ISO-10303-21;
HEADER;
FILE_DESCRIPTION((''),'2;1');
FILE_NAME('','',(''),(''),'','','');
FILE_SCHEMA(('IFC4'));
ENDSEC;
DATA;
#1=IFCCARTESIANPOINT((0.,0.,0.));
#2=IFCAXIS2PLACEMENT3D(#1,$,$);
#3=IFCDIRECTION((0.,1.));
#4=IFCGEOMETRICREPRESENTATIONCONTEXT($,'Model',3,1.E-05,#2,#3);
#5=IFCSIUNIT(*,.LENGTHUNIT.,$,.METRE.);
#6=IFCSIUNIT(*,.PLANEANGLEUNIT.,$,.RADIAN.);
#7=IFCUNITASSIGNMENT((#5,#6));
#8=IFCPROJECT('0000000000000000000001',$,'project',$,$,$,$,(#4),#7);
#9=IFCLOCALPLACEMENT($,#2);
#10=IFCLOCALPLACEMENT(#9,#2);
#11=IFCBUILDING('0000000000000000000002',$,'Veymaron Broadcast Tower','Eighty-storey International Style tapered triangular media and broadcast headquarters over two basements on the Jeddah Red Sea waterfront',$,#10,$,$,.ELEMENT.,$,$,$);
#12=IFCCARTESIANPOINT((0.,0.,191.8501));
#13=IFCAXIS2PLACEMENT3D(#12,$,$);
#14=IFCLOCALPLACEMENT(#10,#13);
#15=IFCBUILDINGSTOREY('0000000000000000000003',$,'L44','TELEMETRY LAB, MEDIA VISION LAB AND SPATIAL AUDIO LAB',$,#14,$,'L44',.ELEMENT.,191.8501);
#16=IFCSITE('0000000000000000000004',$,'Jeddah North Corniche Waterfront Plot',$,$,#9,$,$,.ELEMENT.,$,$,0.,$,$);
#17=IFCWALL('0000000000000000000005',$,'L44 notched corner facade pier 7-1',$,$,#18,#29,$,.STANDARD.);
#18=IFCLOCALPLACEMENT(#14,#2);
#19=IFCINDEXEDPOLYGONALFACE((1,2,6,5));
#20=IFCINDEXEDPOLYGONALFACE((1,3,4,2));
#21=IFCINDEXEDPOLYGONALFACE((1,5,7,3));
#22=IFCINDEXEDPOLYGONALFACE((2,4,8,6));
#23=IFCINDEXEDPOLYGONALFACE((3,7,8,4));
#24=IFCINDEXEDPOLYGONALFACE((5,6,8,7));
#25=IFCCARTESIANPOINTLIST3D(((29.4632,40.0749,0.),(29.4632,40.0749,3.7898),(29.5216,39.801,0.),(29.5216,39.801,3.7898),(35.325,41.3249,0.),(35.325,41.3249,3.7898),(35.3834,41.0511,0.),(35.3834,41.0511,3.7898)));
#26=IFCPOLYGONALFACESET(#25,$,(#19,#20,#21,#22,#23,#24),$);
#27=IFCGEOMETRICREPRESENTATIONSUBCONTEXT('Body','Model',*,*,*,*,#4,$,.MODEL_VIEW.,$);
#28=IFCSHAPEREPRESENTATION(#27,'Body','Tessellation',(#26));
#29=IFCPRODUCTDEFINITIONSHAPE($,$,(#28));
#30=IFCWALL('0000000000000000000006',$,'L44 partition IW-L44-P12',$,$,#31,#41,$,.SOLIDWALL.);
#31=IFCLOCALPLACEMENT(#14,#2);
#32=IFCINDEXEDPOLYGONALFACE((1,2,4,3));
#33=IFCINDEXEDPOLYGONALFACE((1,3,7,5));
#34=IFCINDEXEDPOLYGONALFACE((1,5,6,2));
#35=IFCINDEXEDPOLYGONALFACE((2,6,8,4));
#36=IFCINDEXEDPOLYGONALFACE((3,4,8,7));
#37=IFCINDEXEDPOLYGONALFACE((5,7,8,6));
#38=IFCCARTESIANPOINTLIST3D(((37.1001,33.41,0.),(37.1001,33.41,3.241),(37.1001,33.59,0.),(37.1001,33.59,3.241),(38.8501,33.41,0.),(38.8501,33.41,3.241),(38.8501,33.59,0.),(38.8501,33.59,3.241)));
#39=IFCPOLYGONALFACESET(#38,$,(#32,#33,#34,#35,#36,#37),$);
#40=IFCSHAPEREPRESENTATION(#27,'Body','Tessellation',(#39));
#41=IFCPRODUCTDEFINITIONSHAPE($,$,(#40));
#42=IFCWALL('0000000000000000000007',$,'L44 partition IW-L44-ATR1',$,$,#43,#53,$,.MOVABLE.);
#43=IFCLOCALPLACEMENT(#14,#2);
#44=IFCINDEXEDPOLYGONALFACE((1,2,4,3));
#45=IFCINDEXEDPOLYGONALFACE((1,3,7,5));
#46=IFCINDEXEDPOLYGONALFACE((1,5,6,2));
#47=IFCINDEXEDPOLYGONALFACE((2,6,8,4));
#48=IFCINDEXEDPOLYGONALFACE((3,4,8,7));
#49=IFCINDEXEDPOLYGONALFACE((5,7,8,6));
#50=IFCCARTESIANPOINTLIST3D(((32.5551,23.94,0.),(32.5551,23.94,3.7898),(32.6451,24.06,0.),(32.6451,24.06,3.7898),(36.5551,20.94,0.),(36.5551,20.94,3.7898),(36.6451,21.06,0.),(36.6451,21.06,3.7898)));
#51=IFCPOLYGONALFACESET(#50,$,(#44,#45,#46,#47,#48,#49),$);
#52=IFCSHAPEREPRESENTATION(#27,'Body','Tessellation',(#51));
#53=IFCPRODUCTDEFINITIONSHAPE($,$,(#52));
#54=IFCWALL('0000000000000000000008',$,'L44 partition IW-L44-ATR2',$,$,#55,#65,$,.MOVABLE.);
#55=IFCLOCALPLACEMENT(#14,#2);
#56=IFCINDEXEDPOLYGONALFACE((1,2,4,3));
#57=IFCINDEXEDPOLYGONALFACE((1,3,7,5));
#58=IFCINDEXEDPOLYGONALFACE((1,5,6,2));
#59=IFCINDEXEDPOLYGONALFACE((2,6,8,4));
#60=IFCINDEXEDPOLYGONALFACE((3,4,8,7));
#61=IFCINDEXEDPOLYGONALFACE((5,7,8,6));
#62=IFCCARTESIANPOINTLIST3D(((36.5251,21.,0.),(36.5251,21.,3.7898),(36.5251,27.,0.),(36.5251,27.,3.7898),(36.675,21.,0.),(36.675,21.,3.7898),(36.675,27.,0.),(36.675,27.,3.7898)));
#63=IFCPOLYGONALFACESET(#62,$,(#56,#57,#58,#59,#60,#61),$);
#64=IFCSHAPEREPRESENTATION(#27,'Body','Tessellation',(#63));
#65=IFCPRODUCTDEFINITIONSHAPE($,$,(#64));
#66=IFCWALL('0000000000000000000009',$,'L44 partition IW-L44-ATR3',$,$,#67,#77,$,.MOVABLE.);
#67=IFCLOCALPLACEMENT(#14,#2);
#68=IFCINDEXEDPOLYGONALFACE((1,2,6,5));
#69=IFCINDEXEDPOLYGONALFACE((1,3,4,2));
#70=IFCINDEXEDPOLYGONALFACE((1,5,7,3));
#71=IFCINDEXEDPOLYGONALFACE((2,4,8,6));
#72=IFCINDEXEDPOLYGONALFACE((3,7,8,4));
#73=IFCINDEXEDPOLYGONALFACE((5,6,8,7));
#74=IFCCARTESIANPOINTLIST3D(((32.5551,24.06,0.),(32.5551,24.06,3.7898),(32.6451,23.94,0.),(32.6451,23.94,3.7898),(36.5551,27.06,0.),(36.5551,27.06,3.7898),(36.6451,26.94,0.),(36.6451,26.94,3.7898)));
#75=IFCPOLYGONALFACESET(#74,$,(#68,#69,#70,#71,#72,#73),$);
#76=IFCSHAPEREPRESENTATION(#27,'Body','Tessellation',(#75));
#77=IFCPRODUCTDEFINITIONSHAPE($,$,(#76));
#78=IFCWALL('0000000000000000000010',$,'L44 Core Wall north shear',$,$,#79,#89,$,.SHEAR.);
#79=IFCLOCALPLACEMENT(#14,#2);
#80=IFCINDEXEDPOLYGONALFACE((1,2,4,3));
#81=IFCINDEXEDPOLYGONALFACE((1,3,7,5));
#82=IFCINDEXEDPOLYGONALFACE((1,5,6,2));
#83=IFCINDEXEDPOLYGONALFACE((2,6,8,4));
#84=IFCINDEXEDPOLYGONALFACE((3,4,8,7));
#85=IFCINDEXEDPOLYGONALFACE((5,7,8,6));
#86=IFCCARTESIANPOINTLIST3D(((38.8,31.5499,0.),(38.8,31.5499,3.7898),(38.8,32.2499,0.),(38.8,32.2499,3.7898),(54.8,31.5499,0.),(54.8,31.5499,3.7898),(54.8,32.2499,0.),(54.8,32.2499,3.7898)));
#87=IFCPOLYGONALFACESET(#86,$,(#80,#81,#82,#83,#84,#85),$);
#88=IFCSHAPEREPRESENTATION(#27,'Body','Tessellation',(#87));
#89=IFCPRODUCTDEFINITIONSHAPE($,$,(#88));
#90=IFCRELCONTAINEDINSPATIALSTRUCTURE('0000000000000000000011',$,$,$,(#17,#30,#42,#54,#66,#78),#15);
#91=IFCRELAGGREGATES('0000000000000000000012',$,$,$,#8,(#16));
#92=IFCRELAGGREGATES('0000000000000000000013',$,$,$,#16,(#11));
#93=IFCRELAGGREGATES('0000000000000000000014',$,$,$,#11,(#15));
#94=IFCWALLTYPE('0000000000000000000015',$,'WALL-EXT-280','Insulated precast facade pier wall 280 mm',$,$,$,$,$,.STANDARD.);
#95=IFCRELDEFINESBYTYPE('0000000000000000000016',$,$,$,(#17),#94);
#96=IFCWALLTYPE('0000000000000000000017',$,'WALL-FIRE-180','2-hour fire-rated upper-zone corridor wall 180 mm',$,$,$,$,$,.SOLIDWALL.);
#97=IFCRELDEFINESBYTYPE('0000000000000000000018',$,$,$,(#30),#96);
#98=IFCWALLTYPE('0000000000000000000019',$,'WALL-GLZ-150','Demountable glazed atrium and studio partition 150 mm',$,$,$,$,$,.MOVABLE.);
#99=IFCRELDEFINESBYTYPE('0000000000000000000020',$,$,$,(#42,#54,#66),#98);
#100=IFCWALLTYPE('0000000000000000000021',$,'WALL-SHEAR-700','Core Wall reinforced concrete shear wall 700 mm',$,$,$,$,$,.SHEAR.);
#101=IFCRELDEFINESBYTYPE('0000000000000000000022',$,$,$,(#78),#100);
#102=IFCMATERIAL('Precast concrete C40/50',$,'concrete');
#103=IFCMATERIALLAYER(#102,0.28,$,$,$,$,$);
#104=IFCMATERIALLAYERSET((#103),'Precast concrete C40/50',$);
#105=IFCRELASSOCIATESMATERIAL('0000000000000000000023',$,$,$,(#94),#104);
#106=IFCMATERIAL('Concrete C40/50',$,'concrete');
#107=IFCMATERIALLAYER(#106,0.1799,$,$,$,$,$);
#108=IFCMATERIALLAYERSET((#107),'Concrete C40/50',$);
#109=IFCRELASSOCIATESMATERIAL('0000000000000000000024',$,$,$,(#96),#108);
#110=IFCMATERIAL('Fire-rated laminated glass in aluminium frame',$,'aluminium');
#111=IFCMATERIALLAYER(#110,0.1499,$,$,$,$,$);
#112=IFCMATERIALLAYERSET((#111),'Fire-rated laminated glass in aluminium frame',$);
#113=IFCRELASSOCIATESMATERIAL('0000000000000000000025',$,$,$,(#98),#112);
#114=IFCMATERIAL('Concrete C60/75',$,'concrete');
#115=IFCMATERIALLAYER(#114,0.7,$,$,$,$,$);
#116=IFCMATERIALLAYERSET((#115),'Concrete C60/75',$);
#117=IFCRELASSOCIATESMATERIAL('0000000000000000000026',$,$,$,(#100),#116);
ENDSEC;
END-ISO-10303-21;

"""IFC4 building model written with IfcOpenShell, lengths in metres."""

from ifc_helpers import new_model, si_unit, direction, frame, frame_2d, origin, place, context, subcontext, project, spatial, rectangle, extrude, material, layer, layer_set, type_object, element, save


model = new_model("IFC4")

# Units and contexts
model_context = context("Model", 3, precision=1e-05, world=origin(), true_north=direction((0.0, 1.0)))
body_context = subcontext(model_context, "Body", "Model", "MODEL_VIEW")
ifc_project = project(units=[si_unit("LENGTHUNIT", "METRE"), si_unit("PLANEANGLEUNIT", "RADIAN")], contexts=[model_context])

# Site, building, storey
site_placement = place(None, origin())
site = spatial("IfcSite", under=ifc_project, at=site_placement, Name="Jeddah North Corniche Waterfront Plot", CompositionType="ELEMENT", RefElevation=0.0)
building_placement = place(site_placement, origin())
building = spatial("IfcBuilding", under=site, at=building_placement, Name="Veymaron Broadcast Tower", Description="Eighty-storey International Style tapered triangular media and broadcast headquarters over two basements on the Jeddah Red Sea waterfront", CompositionType="ELEMENT")
storey_placement = place(building_placement, frame((0.0, 0.0, 191.8501)))
storey = spatial("IfcBuildingStorey", under=building, at=storey_placement, Name="L44", Description="TELEMETRY LAB, MEDIA VISION LAB AND SPATIAL AUDIO LAB", LongName="L44", CompositionType="ELEMENT", Elevation=191.8501)

# Walls
ifc_material_1 = material(Name="Precast concrete C40/50", Category="concrete")
ifc_layer_1 = layer(ifc_material_1, 0.28)
ifc_layer_set_1 = layer_set([ifc_layer_1], Name="Precast concrete C40/50")
wall_type_1 = type_object("IfcWallType", Name="WALL-EXT-280", Description="Insulated precast facade pier wall 280 mm", PredefinedType="STANDARD", material=ifc_layer_set_1)
wall_1_placement = place(storey_placement, frame((35.3542, 41.188, 0.0), z_axis=(0.0, 0.0, 1.0), x_axis=(-0.978011, -0.208555, 0.0)))
element("IfcWall", 1, at=wall_1_placement, inside=storey, type_object=wall_type_1, Name="L44 notched corner facade pier 7-1", PredefinedType="STANDARD", context=body_context, shape_type="SweptSolid", body=[
    extrude(rectangle(XDim=5.9937, YDim=0.28, at=frame_2d((2.9968, 0.0))), origin(), (0.0, 0.0, 1.0), 3.7898),
])
ifc_material_2 = material(Name="Concrete C40/50", Category="concrete")
ifc_layer_2 = layer(ifc_material_2, 0.1799)
ifc_layer_set_2 = layer_set([ifc_layer_2], Name="Concrete C40/50")
wall_type_2 = type_object("IfcWallType", Name="WALL-FIRE-180", Description="2-hour fire-rated upper-zone corridor wall 180 mm", PredefinedType="SOLIDWALL", material=ifc_layer_set_2)
wall_2_placement = place(storey_placement, frame((37.1001, 33.5, 0.0), z_axis=(0.0, 0.0, 1.0), x_axis=(1.0, 0.0, 0.0)))
element("IfcWall", 2, at=wall_2_placement, inside=storey, type_object=wall_type_2, Name="L44 partition IW-L44-P12", PredefinedType="SOLIDWALL", context=body_context, shape_type="SweptSolid", body=[
    extrude(rectangle(XDim=1.75, YDim=0.1799, at=frame_2d((0.875, 0.0))), origin(), (0.0, 0.0, 1.0), 3.241),
])
ifc_material_3 = material(Name="Fire-rated laminated glass in aluminium frame", Category="aluminium")
ifc_layer_3 = layer(ifc_material_3, 0.1499)
ifc_layer_set_3 = layer_set([ifc_layer_3], Name="Fire-rated laminated glass in aluminium frame")
wall_type_3 = type_object("IfcWallType", Name="WALL-GLZ-150", Description="Demountable glazed atrium and studio partition 150 mm", PredefinedType="MOVABLE", material=ifc_layer_set_3)
wall_3_placement = place(storey_placement, frame((32.6001, 24.0, 0.0), z_axis=(0.0, 0.0, 1.0), x_axis=(0.8, -0.6, 0.0)))
element("IfcWall", 3, at=wall_3_placement, inside=storey, type_object=wall_type_3, Name="L44 partition IW-L44-ATR1", PredefinedType="MOVABLE", context=body_context, shape_type="SweptSolid", body=[
    extrude(rectangle(XDim=5.0, YDim=0.1499, at=frame_2d((2.5, 0.0))), origin(), (0.0, 0.0, 1.0), 3.7898),
])
wall_4_placement = place(storey_placement, frame((36.6001, 21.0, 0.0), z_axis=(0.0, 0.0, 1.0), x_axis=(0.0, 1.0, 0.0)))
element("IfcWall", 4, at=wall_4_placement, inside=storey, type_object=wall_type_3, Name="L44 partition IW-L44-ATR2", PredefinedType="MOVABLE", context=body_context, shape_type="SweptSolid", body=[
    extrude(rectangle(XDim=6.0, YDim=0.1499, at=frame_2d((3.0, 0.0))), origin(), (0.0, 0.0, 1.0), 3.7898),
])
wall_5_placement = place(storey_placement, frame((36.6001, 27.0, 0.0), z_axis=(0.0, 0.0, 1.0), x_axis=(-0.8, -0.6, 0.0)))
element("IfcWall", 5, at=wall_5_placement, inside=storey, type_object=wall_type_3, Name="L44 partition IW-L44-ATR3", PredefinedType="MOVABLE", context=body_context, shape_type="SweptSolid", body=[
    extrude(rectangle(XDim=5.0, YDim=0.1499, at=frame_2d((2.5, 0.0))), origin(), (0.0, 0.0, 1.0), 3.7898),
])
ifc_material_4 = material(Name="Concrete C60/75", Category="concrete")
ifc_layer_4 = layer(ifc_material_4, 0.7)
ifc_layer_set_4 = layer_set([ifc_layer_4], Name="Concrete C60/75")
wall_type_4 = type_object("IfcWallType", Name="WALL-SHEAR-700", Description="Core Wall reinforced concrete shear wall 700 mm", PredefinedType="SHEAR", material=ifc_layer_set_4)
wall_6_placement = place(storey_placement, frame((38.8, 31.8999, 0.0), z_axis=(0.0, 0.0, 1.0), x_axis=(1.0, 0.0, 0.0)))
element("IfcWall", 6, at=wall_6_placement, inside=storey, type_object=wall_type_4, Name="L44 Core Wall north shear", PredefinedType="SHEAR", context=body_context, shape_type="SweptSolid", body=[
    extrude(rectangle(XDim=16.0, YDim=0.7, at=frame_2d((8.0, 0.0))), origin(), (0.0, 0.0, 1.0), 3.7898),
])

save(model, "model.ifc")
